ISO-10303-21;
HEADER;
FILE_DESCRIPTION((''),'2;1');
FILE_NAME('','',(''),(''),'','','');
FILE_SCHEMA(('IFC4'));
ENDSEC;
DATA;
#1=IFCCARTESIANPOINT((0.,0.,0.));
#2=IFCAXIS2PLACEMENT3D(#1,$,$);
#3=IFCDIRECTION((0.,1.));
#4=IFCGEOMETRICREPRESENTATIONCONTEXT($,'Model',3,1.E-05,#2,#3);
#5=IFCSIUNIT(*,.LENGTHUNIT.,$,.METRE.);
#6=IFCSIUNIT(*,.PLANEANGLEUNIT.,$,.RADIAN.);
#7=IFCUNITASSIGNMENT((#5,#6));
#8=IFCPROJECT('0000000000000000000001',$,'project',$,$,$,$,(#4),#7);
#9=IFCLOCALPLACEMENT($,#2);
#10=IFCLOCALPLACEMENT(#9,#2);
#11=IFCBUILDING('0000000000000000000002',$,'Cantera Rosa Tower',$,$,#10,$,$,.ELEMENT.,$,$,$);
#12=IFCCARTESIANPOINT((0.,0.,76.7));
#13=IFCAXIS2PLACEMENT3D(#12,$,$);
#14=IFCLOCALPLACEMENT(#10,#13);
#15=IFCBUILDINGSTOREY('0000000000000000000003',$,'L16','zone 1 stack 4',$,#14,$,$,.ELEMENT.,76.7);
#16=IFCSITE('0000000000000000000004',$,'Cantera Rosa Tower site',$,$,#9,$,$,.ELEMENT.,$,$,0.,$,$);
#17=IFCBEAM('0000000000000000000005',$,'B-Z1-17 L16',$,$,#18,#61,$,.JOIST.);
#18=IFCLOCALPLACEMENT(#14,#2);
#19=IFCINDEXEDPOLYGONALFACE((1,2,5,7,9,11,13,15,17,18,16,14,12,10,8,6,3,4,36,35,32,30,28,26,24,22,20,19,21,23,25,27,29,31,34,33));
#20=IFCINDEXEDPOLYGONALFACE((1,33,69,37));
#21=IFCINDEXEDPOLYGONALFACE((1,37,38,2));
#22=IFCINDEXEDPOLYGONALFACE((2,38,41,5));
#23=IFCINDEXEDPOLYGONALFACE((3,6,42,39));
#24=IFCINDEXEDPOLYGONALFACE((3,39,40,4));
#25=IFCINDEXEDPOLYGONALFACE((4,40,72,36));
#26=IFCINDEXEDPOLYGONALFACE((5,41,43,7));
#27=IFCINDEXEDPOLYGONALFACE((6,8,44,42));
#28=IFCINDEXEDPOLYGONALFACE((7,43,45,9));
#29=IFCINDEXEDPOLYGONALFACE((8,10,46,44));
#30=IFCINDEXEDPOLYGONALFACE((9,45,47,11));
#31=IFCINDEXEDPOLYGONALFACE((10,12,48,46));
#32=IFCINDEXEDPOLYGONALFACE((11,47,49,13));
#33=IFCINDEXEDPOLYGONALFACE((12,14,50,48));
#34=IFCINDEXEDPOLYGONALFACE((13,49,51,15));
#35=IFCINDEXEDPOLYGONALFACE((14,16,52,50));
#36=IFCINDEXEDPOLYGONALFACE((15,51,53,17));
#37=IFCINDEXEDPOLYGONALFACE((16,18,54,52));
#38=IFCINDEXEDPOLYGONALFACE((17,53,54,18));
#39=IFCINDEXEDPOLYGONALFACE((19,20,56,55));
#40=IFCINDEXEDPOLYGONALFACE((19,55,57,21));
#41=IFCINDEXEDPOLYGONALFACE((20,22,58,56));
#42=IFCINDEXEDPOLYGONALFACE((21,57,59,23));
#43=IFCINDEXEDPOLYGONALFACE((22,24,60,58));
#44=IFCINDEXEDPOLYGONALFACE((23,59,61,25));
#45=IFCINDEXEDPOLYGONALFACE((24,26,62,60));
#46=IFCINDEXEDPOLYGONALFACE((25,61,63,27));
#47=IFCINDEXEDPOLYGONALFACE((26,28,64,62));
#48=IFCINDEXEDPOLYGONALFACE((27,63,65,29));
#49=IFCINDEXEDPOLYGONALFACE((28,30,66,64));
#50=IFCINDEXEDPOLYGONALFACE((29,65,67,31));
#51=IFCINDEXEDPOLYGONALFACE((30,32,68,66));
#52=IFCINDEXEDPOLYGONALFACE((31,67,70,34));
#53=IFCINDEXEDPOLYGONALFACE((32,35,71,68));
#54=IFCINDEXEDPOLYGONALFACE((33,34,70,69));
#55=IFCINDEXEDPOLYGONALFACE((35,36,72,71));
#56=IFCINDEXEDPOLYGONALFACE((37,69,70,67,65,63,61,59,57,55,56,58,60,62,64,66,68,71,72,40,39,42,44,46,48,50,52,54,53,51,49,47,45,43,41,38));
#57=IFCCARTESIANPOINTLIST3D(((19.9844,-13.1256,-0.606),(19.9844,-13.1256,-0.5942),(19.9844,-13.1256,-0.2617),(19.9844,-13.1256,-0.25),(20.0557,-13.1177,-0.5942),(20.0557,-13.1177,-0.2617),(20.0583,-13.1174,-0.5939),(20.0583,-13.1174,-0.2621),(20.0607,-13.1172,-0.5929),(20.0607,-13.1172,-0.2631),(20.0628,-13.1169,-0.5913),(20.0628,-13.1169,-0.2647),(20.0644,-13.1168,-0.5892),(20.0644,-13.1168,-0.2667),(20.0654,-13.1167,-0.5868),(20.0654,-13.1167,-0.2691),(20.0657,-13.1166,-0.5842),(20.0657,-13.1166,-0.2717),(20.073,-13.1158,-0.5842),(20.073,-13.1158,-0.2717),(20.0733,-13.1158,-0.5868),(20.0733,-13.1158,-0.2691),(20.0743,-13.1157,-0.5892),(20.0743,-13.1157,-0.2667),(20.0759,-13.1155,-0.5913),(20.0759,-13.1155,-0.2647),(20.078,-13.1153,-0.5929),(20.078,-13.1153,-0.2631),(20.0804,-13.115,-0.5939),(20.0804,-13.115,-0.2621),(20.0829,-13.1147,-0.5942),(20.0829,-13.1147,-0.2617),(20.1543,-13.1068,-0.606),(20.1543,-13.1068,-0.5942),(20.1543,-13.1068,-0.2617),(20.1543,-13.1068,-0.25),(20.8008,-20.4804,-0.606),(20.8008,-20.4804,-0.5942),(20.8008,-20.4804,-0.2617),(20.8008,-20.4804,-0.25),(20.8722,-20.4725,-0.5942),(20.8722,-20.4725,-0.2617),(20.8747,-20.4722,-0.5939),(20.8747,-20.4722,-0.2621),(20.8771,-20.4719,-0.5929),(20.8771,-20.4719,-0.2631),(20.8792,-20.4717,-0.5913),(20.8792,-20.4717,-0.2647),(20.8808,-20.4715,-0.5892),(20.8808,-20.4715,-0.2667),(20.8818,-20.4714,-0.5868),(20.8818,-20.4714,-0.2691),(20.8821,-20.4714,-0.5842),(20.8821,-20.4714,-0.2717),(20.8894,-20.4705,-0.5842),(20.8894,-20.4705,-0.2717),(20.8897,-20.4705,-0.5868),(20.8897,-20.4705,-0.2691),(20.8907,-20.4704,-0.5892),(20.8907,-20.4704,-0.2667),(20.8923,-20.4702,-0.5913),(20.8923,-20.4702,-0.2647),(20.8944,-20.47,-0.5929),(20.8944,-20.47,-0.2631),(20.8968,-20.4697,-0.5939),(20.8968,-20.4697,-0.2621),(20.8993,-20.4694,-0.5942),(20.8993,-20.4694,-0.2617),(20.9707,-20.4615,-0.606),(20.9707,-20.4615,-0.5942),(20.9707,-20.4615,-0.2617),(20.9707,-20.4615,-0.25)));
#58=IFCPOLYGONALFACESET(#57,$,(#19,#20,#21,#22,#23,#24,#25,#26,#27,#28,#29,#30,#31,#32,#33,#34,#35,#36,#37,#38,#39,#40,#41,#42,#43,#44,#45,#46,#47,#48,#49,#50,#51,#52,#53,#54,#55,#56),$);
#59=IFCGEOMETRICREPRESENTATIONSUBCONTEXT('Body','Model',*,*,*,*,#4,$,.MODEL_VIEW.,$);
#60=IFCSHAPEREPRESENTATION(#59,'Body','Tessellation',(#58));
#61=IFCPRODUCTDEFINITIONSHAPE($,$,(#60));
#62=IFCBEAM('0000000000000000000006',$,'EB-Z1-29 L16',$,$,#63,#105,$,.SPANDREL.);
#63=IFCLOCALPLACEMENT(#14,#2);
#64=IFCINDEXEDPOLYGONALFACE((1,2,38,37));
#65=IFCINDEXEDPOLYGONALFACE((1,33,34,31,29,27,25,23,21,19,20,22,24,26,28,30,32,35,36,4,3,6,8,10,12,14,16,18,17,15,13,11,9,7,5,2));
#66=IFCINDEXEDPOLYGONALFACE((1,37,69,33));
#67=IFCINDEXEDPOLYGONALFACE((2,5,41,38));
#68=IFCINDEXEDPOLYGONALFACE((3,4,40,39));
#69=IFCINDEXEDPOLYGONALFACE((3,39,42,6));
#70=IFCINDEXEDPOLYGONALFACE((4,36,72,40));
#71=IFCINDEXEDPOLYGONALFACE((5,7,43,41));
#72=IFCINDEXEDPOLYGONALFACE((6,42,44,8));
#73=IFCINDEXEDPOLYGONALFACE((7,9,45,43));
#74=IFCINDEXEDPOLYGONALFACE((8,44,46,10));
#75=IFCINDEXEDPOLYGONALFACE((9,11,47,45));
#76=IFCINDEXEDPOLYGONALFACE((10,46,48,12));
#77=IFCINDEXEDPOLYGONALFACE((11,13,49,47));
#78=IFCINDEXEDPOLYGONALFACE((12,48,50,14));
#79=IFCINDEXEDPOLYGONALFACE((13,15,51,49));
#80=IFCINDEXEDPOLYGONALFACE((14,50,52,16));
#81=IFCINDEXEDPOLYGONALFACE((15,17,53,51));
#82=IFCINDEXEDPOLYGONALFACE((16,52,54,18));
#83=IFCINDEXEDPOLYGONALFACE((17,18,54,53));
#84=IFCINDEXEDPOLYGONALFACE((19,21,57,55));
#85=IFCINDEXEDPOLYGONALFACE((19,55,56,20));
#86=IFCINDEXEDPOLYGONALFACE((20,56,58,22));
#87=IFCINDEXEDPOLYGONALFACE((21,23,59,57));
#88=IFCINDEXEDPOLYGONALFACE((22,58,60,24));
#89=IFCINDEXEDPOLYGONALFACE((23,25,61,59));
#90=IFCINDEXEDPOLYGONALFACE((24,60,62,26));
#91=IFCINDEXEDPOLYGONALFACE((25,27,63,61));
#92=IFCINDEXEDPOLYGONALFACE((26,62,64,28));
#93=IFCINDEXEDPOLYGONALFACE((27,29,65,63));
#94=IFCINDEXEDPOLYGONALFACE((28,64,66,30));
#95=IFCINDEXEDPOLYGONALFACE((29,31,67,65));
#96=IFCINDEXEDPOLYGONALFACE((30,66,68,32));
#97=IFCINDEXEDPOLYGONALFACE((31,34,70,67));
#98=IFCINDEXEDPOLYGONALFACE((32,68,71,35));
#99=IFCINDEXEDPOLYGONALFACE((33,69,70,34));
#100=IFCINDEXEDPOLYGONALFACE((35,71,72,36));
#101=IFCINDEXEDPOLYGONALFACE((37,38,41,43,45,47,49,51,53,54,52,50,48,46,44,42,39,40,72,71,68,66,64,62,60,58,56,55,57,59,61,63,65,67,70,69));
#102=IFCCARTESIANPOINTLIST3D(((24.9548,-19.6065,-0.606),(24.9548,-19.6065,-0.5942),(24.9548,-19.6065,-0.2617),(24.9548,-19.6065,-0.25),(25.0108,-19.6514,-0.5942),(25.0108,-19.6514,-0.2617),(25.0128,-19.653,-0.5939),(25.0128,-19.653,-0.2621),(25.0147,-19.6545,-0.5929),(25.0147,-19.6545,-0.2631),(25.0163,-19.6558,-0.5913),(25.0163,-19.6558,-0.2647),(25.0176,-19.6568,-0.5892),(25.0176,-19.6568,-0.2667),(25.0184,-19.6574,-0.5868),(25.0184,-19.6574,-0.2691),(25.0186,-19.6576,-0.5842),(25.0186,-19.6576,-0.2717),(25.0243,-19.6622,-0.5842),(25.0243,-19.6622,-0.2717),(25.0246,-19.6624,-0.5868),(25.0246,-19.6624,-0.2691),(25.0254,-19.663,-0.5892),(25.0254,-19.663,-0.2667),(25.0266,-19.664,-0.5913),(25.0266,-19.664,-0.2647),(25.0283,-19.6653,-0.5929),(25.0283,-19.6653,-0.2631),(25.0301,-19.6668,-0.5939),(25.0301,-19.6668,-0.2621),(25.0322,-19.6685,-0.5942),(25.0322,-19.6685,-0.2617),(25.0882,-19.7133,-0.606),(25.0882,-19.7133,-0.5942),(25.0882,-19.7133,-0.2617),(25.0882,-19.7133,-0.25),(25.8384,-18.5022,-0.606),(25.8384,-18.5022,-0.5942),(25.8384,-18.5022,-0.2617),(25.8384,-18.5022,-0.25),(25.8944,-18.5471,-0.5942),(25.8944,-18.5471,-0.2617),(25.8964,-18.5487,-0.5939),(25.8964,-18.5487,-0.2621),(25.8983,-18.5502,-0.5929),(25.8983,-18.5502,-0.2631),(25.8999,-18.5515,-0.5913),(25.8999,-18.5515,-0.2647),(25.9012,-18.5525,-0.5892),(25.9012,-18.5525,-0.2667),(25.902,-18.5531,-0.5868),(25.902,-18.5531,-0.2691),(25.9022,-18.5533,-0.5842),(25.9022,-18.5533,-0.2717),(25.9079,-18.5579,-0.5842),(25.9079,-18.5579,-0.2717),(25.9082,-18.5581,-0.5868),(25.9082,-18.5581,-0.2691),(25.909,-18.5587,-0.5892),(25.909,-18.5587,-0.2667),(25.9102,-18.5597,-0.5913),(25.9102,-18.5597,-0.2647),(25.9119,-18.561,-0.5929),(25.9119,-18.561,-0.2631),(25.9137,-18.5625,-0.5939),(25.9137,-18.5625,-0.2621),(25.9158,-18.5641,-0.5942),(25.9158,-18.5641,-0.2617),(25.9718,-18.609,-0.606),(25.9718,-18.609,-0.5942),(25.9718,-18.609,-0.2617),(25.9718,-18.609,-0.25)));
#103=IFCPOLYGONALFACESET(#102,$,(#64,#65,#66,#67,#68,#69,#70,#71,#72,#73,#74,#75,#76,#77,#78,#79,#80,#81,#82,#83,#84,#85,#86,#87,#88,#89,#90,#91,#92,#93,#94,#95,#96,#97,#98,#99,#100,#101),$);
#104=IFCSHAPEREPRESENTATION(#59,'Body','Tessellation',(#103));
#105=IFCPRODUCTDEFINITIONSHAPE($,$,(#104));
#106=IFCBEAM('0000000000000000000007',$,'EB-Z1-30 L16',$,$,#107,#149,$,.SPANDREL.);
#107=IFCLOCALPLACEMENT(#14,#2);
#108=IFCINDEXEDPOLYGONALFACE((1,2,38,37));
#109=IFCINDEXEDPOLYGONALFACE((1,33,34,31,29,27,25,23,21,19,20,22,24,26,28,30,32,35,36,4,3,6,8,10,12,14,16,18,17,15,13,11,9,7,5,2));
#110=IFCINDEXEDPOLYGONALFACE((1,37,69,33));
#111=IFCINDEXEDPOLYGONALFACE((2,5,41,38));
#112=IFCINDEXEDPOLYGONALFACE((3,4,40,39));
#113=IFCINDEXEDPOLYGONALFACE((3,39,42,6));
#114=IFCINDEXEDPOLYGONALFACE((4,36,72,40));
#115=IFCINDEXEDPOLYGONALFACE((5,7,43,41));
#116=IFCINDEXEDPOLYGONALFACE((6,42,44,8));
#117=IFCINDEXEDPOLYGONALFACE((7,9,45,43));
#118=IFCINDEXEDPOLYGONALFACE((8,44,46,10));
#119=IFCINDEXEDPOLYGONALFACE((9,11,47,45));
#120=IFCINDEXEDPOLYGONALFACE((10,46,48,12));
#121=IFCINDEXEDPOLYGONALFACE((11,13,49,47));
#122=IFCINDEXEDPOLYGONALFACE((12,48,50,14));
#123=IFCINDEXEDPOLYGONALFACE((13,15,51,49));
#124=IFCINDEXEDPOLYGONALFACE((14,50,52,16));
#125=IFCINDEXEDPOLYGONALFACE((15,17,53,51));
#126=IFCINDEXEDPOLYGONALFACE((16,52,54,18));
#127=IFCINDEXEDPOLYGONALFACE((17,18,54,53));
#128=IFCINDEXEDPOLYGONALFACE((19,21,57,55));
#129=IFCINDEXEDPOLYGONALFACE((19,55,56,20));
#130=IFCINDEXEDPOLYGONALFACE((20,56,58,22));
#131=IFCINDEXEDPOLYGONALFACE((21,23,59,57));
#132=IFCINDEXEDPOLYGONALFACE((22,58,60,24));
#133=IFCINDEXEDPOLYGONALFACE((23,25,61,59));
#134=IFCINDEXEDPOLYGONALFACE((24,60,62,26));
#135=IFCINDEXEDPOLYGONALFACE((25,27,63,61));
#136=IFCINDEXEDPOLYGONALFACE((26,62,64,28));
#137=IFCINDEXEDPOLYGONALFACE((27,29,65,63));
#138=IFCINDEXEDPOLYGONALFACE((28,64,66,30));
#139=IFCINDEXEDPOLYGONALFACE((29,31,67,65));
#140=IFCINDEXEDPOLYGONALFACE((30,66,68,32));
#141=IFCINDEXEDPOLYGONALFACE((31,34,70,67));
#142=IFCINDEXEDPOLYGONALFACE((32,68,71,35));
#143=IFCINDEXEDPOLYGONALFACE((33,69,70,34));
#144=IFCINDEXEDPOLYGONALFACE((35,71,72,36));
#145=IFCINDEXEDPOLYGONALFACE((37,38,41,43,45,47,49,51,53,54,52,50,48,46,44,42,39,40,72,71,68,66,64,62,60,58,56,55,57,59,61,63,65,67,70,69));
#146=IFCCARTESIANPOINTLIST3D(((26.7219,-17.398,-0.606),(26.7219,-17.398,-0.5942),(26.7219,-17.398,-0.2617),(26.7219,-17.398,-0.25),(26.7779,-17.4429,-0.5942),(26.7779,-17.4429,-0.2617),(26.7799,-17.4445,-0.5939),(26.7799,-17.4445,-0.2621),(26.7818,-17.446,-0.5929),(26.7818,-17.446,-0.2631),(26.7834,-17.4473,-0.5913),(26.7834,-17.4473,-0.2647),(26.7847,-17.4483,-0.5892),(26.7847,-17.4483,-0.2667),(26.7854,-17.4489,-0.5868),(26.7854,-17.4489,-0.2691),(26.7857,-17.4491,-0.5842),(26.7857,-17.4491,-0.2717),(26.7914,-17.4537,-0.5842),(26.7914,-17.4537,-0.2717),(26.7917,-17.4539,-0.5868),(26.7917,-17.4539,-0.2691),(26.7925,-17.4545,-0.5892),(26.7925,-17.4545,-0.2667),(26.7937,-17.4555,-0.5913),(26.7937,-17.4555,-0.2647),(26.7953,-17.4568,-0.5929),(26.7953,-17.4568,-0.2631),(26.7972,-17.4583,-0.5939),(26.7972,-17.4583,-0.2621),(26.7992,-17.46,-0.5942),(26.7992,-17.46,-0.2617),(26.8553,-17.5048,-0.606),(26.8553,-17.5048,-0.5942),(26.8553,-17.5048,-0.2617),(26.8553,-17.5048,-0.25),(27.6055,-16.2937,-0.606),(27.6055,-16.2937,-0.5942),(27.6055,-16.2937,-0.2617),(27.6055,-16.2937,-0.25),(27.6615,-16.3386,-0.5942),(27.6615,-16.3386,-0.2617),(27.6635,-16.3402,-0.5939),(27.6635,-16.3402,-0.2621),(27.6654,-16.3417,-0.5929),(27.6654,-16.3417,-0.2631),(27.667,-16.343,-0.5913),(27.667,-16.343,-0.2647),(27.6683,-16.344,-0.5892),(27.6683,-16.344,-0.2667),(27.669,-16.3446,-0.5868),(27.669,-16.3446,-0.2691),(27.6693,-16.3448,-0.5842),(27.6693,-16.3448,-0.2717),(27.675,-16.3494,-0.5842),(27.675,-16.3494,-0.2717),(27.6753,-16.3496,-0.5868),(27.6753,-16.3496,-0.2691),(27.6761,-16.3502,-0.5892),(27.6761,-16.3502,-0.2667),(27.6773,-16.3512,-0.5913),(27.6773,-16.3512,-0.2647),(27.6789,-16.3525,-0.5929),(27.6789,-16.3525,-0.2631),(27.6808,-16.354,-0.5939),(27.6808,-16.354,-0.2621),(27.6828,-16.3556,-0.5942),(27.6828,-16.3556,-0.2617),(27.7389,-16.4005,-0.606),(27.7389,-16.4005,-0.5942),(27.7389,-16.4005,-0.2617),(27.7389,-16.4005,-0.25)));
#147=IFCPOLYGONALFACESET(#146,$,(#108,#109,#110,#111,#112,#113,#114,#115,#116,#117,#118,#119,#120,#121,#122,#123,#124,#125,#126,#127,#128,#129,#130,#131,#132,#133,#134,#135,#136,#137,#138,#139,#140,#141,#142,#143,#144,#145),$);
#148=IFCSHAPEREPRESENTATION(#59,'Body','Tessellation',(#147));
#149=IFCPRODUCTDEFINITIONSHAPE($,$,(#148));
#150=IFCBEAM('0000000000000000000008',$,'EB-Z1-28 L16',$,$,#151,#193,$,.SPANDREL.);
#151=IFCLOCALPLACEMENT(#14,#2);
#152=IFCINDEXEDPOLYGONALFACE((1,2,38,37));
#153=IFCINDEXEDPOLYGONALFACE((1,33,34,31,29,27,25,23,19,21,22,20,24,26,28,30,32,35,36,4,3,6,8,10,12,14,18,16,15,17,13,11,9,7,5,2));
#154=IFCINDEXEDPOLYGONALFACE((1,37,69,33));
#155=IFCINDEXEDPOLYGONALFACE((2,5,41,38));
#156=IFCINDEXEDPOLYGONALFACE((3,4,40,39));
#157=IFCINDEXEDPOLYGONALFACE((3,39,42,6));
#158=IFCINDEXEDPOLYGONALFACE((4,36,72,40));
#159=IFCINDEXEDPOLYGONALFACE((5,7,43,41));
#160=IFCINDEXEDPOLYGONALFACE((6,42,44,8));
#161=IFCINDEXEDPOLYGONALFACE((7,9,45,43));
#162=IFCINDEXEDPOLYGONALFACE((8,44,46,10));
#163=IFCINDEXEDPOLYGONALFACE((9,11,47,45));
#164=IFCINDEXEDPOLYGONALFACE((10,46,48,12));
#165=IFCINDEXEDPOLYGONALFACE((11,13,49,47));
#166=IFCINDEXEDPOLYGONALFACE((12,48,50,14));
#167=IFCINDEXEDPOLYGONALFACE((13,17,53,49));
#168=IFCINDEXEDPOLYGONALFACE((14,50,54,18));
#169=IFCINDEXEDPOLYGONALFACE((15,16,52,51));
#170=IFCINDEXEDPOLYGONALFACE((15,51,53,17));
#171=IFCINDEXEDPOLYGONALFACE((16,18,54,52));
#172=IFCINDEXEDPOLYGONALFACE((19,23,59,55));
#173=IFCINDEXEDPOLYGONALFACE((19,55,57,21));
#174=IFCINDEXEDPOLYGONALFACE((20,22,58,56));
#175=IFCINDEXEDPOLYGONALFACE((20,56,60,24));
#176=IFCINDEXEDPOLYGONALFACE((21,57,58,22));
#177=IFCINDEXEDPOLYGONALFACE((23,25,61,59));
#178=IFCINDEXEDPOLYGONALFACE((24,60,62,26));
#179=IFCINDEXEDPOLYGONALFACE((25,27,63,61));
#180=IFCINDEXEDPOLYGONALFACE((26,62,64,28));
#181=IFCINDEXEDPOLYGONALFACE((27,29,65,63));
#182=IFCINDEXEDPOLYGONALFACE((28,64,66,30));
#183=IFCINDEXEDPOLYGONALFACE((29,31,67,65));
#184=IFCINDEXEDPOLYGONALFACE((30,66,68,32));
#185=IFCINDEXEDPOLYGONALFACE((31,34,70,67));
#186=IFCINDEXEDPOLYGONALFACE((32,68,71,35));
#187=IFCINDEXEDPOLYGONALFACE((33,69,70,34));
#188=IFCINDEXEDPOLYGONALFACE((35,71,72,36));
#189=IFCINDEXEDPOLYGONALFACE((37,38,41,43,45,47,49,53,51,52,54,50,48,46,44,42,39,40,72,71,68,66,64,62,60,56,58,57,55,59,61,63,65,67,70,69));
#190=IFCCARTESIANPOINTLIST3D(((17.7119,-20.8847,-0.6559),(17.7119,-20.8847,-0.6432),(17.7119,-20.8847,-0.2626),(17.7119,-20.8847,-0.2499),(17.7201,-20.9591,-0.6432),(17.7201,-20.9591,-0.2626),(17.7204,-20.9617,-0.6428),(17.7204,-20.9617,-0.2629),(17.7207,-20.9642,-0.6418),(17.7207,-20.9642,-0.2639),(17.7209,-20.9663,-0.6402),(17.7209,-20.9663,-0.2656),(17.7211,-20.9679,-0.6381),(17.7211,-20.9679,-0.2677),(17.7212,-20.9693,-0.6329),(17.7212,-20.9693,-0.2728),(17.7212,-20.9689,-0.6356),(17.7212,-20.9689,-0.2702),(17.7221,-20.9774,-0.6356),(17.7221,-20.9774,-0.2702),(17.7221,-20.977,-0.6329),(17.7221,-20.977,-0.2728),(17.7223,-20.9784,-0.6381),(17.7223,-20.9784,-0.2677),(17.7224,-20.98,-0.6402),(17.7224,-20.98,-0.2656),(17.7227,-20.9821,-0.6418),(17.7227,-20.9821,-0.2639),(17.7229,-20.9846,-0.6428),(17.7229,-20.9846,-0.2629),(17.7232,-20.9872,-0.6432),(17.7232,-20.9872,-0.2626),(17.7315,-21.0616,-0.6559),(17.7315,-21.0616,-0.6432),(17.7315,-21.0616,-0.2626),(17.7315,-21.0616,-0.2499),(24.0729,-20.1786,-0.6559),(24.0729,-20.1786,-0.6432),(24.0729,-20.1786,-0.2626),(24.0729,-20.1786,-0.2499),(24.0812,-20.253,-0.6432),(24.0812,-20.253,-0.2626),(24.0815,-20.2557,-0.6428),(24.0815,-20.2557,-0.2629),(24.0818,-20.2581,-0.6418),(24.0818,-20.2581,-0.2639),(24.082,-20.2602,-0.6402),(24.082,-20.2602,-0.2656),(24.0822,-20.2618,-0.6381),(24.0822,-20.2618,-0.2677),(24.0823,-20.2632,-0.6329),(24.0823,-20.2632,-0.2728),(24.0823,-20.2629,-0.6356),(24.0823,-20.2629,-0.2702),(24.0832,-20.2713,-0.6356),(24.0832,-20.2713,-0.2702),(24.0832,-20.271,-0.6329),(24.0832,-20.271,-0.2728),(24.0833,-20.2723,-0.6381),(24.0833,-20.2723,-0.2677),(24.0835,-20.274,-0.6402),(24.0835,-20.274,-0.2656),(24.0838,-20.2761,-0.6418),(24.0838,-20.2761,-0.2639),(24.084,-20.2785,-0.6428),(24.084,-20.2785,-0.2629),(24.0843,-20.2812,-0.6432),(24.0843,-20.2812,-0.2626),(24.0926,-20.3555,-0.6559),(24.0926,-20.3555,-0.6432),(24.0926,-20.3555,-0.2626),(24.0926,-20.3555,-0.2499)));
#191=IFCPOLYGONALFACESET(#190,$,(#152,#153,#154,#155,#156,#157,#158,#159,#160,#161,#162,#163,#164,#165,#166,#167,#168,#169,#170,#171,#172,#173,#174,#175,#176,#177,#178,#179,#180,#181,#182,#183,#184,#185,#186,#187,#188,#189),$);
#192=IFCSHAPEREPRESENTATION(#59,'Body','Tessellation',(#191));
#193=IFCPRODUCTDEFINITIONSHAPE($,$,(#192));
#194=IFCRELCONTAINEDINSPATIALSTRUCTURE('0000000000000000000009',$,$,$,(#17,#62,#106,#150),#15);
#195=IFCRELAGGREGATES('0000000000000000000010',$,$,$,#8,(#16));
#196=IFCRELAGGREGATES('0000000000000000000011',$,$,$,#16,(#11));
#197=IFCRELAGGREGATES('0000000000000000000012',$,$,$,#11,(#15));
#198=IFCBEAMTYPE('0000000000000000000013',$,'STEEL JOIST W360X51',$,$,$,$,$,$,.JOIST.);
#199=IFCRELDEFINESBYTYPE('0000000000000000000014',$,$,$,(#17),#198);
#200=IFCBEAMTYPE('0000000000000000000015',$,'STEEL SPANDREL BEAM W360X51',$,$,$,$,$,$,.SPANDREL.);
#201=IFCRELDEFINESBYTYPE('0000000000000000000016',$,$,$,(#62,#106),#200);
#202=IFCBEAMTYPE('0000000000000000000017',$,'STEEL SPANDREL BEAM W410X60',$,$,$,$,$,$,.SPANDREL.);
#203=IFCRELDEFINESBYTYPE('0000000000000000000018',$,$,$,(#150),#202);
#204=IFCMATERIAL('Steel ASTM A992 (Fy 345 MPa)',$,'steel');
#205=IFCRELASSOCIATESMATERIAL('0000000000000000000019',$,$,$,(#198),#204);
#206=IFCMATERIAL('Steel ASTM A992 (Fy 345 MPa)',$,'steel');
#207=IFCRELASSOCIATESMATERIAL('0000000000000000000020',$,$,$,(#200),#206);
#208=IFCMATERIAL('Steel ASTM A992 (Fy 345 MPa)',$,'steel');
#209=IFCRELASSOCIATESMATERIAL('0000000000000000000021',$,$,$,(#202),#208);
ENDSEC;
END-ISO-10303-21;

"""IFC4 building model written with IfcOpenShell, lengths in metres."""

from ifc_helpers import new_model, si_unit, direction, frame, origin, origin_2d, place, context, subcontext, project, spatial, i_section, extrude, material, material_profile, profile_set, type_object, element, save


model = new_model("IFC4")

# Units and contexts
model_context = context("Model", 3, precision=1e-05, world=origin(), true_north=direction((0.0, 1.0)))
body_context = subcontext(model_context, "Body", "Model", "MODEL_VIEW")
ifc_project = project(units=[si_unit("LENGTHUNIT", "METRE"), si_unit("PLANEANGLEUNIT", "RADIAN")], contexts=[model_context])

# Site, building, storey
site_placement = place(None, origin())
site = spatial("IfcSite", under=ifc_project, at=site_placement, Name="Cantera Rosa Tower site", CompositionType="ELEMENT", RefElevation=0.0)
building_placement = place(site_placement, origin())
building = spatial("IfcBuilding", under=site, at=building_placement, Name="Cantera Rosa Tower", CompositionType="ELEMENT")
storey_placement = place(building_placement, frame((0.0, 0.0, 76.7)))
storey = spatial("IfcBuildingStorey", under=building, at=storey_placement, Name="L16", Description="zone 1 stack 4", CompositionType="ELEMENT", Elevation=76.7)

# Beams
ifc_material_1 = material(Name="Steel ASTM A992 (Fy 345 MPa)", Category="steel")
ifc_material_profile_1 = material_profile(ifc_material_1, i_section(OverallWidth=0.1709, OverallDepth=0.356, WebThickness=0.0073, FlangeThickness=0.0117, FilletRadius=0.01, at=origin_2d()), Name="W360X51")
ifc_profile_set_1 = profile_set([ifc_material_profile_1], Name="Steel ASTM A992 (Fy 345 MPa)")
beam_type_1 = type_object("IfcBeamType", Name="STEEL JOIST W360X51", PredefinedType="JOIST", material=ifc_profile_set_1)
beam_1_placement = place(storey_placement, frame((20.8857, -20.4709, -0.428), z_axis=(-0.110327, 0.993895, 0.0), x_axis=(-0.993895, -0.110327, 0.0)))
element("IfcBeam", 1, at=beam_1_placement, inside=storey, type_object=beam_type_1, Name="B-Z1-17 L16", PredefinedType="JOIST", context=body_context, shape_type="SweptSolid", body=[
    extrude(i_section(OverallWidth=0.1709, OverallDepth=0.356, WebThickness=0.0073, FlangeThickness=0.0117, FilletRadius=0.01, at=origin_2d()), origin(), (0.0, 0.0, 1.0), 7.3999),
])
ifc_material_2 = material(Name="Steel ASTM A992 (Fy 345 MPa)", Category="steel")
ifc_material_profile_2 = material_profile(ifc_material_2, i_section(OverallWidth=0.1709, OverallDepth=0.356, WebThickness=0.0073, FlangeThickness=0.0117, FilletRadius=0.01, at=origin_2d()), Name="W360X51")
ifc_profile_set_2 = profile_set([ifc_material_profile_2], Name="Steel ASTM A992 (Fy 345 MPa)")
beam_type_2 = type_object("IfcBeamType", Name="STEEL SPANDREL BEAM W360X51", PredefinedType="SPANDREL", material=ifc_profile_set_2)
for number, where, z_axis, x_axis, name in (
    (2, (25.0215, -19.6599, -0.428), (0.624758, 0.780818, 0.0), (-0.780818, 0.624758, 0.0), "EB-Z1-29 L16"),
    (3, (26.7886, -17.4514, -0.428), (0.624758, 0.780818, 0.0), (-0.780818, 0.624758, 0.0), "EB-Z1-30 L16"),
):
    element("IfcBeam", number, at=place(storey_placement, frame(where, z_axis=z_axis, x_axis=x_axis)), inside=storey, type_object=beam_type_2, Name=name, PredefinedType="SPANDREL", context=body_context, shape_type="SweptSolid", body=[
        extrude(i_section(OverallWidth=0.1709, OverallDepth=0.356, WebThickness=0.0073, FlangeThickness=0.0117, FilletRadius=0.01, at=origin_2d()), origin(), (0.0, 0.0, 1.0), 1.4143),
    ])
ifc_material_3 = material(Name="Steel ASTM A992 (Fy 345 MPa)", Category="steel")
ifc_material_profile_3 = material_profile(ifc_material_3, i_section(OverallWidth=0.178, OverallDepth=0.406, WebThickness=0.0078, FlangeThickness=0.0127, FilletRadius=0.0103, at=origin_2d()), Name="W410X60")
ifc_profile_set_3 = profile_set([ifc_material_profile_3], Name="Steel ASTM A992 (Fy 345 MPa)")
beam_type_3 = type_object("IfcBeamType", Name="STEEL SPANDREL BEAM W410X60", PredefinedType="SPANDREL", material=ifc_profile_set_3)
beam_2_placement = place(storey_placement, frame((17.7217, -20.9731, -0.4529), z_axis=(0.993896, 0.110318, 0.0), x_axis=(-0.110318, 0.993896, 0.0)))
element("IfcBeam", 4, at=beam_2_placement, inside=storey, type_object=beam_type_3, Name="EB-Z1-28 L16", PredefinedType="SPANDREL", context=body_context, shape_type="SweptSolid", body=[
    extrude(i_section(OverallWidth=0.178, OverallDepth=0.406, WebThickness=0.0078, FlangeThickness=0.0127, FilletRadius=0.0103, at=origin_2d()), origin(), (0.0, 0.0, 1.0), 6.4001),
])

save(model, "model.ifc")
